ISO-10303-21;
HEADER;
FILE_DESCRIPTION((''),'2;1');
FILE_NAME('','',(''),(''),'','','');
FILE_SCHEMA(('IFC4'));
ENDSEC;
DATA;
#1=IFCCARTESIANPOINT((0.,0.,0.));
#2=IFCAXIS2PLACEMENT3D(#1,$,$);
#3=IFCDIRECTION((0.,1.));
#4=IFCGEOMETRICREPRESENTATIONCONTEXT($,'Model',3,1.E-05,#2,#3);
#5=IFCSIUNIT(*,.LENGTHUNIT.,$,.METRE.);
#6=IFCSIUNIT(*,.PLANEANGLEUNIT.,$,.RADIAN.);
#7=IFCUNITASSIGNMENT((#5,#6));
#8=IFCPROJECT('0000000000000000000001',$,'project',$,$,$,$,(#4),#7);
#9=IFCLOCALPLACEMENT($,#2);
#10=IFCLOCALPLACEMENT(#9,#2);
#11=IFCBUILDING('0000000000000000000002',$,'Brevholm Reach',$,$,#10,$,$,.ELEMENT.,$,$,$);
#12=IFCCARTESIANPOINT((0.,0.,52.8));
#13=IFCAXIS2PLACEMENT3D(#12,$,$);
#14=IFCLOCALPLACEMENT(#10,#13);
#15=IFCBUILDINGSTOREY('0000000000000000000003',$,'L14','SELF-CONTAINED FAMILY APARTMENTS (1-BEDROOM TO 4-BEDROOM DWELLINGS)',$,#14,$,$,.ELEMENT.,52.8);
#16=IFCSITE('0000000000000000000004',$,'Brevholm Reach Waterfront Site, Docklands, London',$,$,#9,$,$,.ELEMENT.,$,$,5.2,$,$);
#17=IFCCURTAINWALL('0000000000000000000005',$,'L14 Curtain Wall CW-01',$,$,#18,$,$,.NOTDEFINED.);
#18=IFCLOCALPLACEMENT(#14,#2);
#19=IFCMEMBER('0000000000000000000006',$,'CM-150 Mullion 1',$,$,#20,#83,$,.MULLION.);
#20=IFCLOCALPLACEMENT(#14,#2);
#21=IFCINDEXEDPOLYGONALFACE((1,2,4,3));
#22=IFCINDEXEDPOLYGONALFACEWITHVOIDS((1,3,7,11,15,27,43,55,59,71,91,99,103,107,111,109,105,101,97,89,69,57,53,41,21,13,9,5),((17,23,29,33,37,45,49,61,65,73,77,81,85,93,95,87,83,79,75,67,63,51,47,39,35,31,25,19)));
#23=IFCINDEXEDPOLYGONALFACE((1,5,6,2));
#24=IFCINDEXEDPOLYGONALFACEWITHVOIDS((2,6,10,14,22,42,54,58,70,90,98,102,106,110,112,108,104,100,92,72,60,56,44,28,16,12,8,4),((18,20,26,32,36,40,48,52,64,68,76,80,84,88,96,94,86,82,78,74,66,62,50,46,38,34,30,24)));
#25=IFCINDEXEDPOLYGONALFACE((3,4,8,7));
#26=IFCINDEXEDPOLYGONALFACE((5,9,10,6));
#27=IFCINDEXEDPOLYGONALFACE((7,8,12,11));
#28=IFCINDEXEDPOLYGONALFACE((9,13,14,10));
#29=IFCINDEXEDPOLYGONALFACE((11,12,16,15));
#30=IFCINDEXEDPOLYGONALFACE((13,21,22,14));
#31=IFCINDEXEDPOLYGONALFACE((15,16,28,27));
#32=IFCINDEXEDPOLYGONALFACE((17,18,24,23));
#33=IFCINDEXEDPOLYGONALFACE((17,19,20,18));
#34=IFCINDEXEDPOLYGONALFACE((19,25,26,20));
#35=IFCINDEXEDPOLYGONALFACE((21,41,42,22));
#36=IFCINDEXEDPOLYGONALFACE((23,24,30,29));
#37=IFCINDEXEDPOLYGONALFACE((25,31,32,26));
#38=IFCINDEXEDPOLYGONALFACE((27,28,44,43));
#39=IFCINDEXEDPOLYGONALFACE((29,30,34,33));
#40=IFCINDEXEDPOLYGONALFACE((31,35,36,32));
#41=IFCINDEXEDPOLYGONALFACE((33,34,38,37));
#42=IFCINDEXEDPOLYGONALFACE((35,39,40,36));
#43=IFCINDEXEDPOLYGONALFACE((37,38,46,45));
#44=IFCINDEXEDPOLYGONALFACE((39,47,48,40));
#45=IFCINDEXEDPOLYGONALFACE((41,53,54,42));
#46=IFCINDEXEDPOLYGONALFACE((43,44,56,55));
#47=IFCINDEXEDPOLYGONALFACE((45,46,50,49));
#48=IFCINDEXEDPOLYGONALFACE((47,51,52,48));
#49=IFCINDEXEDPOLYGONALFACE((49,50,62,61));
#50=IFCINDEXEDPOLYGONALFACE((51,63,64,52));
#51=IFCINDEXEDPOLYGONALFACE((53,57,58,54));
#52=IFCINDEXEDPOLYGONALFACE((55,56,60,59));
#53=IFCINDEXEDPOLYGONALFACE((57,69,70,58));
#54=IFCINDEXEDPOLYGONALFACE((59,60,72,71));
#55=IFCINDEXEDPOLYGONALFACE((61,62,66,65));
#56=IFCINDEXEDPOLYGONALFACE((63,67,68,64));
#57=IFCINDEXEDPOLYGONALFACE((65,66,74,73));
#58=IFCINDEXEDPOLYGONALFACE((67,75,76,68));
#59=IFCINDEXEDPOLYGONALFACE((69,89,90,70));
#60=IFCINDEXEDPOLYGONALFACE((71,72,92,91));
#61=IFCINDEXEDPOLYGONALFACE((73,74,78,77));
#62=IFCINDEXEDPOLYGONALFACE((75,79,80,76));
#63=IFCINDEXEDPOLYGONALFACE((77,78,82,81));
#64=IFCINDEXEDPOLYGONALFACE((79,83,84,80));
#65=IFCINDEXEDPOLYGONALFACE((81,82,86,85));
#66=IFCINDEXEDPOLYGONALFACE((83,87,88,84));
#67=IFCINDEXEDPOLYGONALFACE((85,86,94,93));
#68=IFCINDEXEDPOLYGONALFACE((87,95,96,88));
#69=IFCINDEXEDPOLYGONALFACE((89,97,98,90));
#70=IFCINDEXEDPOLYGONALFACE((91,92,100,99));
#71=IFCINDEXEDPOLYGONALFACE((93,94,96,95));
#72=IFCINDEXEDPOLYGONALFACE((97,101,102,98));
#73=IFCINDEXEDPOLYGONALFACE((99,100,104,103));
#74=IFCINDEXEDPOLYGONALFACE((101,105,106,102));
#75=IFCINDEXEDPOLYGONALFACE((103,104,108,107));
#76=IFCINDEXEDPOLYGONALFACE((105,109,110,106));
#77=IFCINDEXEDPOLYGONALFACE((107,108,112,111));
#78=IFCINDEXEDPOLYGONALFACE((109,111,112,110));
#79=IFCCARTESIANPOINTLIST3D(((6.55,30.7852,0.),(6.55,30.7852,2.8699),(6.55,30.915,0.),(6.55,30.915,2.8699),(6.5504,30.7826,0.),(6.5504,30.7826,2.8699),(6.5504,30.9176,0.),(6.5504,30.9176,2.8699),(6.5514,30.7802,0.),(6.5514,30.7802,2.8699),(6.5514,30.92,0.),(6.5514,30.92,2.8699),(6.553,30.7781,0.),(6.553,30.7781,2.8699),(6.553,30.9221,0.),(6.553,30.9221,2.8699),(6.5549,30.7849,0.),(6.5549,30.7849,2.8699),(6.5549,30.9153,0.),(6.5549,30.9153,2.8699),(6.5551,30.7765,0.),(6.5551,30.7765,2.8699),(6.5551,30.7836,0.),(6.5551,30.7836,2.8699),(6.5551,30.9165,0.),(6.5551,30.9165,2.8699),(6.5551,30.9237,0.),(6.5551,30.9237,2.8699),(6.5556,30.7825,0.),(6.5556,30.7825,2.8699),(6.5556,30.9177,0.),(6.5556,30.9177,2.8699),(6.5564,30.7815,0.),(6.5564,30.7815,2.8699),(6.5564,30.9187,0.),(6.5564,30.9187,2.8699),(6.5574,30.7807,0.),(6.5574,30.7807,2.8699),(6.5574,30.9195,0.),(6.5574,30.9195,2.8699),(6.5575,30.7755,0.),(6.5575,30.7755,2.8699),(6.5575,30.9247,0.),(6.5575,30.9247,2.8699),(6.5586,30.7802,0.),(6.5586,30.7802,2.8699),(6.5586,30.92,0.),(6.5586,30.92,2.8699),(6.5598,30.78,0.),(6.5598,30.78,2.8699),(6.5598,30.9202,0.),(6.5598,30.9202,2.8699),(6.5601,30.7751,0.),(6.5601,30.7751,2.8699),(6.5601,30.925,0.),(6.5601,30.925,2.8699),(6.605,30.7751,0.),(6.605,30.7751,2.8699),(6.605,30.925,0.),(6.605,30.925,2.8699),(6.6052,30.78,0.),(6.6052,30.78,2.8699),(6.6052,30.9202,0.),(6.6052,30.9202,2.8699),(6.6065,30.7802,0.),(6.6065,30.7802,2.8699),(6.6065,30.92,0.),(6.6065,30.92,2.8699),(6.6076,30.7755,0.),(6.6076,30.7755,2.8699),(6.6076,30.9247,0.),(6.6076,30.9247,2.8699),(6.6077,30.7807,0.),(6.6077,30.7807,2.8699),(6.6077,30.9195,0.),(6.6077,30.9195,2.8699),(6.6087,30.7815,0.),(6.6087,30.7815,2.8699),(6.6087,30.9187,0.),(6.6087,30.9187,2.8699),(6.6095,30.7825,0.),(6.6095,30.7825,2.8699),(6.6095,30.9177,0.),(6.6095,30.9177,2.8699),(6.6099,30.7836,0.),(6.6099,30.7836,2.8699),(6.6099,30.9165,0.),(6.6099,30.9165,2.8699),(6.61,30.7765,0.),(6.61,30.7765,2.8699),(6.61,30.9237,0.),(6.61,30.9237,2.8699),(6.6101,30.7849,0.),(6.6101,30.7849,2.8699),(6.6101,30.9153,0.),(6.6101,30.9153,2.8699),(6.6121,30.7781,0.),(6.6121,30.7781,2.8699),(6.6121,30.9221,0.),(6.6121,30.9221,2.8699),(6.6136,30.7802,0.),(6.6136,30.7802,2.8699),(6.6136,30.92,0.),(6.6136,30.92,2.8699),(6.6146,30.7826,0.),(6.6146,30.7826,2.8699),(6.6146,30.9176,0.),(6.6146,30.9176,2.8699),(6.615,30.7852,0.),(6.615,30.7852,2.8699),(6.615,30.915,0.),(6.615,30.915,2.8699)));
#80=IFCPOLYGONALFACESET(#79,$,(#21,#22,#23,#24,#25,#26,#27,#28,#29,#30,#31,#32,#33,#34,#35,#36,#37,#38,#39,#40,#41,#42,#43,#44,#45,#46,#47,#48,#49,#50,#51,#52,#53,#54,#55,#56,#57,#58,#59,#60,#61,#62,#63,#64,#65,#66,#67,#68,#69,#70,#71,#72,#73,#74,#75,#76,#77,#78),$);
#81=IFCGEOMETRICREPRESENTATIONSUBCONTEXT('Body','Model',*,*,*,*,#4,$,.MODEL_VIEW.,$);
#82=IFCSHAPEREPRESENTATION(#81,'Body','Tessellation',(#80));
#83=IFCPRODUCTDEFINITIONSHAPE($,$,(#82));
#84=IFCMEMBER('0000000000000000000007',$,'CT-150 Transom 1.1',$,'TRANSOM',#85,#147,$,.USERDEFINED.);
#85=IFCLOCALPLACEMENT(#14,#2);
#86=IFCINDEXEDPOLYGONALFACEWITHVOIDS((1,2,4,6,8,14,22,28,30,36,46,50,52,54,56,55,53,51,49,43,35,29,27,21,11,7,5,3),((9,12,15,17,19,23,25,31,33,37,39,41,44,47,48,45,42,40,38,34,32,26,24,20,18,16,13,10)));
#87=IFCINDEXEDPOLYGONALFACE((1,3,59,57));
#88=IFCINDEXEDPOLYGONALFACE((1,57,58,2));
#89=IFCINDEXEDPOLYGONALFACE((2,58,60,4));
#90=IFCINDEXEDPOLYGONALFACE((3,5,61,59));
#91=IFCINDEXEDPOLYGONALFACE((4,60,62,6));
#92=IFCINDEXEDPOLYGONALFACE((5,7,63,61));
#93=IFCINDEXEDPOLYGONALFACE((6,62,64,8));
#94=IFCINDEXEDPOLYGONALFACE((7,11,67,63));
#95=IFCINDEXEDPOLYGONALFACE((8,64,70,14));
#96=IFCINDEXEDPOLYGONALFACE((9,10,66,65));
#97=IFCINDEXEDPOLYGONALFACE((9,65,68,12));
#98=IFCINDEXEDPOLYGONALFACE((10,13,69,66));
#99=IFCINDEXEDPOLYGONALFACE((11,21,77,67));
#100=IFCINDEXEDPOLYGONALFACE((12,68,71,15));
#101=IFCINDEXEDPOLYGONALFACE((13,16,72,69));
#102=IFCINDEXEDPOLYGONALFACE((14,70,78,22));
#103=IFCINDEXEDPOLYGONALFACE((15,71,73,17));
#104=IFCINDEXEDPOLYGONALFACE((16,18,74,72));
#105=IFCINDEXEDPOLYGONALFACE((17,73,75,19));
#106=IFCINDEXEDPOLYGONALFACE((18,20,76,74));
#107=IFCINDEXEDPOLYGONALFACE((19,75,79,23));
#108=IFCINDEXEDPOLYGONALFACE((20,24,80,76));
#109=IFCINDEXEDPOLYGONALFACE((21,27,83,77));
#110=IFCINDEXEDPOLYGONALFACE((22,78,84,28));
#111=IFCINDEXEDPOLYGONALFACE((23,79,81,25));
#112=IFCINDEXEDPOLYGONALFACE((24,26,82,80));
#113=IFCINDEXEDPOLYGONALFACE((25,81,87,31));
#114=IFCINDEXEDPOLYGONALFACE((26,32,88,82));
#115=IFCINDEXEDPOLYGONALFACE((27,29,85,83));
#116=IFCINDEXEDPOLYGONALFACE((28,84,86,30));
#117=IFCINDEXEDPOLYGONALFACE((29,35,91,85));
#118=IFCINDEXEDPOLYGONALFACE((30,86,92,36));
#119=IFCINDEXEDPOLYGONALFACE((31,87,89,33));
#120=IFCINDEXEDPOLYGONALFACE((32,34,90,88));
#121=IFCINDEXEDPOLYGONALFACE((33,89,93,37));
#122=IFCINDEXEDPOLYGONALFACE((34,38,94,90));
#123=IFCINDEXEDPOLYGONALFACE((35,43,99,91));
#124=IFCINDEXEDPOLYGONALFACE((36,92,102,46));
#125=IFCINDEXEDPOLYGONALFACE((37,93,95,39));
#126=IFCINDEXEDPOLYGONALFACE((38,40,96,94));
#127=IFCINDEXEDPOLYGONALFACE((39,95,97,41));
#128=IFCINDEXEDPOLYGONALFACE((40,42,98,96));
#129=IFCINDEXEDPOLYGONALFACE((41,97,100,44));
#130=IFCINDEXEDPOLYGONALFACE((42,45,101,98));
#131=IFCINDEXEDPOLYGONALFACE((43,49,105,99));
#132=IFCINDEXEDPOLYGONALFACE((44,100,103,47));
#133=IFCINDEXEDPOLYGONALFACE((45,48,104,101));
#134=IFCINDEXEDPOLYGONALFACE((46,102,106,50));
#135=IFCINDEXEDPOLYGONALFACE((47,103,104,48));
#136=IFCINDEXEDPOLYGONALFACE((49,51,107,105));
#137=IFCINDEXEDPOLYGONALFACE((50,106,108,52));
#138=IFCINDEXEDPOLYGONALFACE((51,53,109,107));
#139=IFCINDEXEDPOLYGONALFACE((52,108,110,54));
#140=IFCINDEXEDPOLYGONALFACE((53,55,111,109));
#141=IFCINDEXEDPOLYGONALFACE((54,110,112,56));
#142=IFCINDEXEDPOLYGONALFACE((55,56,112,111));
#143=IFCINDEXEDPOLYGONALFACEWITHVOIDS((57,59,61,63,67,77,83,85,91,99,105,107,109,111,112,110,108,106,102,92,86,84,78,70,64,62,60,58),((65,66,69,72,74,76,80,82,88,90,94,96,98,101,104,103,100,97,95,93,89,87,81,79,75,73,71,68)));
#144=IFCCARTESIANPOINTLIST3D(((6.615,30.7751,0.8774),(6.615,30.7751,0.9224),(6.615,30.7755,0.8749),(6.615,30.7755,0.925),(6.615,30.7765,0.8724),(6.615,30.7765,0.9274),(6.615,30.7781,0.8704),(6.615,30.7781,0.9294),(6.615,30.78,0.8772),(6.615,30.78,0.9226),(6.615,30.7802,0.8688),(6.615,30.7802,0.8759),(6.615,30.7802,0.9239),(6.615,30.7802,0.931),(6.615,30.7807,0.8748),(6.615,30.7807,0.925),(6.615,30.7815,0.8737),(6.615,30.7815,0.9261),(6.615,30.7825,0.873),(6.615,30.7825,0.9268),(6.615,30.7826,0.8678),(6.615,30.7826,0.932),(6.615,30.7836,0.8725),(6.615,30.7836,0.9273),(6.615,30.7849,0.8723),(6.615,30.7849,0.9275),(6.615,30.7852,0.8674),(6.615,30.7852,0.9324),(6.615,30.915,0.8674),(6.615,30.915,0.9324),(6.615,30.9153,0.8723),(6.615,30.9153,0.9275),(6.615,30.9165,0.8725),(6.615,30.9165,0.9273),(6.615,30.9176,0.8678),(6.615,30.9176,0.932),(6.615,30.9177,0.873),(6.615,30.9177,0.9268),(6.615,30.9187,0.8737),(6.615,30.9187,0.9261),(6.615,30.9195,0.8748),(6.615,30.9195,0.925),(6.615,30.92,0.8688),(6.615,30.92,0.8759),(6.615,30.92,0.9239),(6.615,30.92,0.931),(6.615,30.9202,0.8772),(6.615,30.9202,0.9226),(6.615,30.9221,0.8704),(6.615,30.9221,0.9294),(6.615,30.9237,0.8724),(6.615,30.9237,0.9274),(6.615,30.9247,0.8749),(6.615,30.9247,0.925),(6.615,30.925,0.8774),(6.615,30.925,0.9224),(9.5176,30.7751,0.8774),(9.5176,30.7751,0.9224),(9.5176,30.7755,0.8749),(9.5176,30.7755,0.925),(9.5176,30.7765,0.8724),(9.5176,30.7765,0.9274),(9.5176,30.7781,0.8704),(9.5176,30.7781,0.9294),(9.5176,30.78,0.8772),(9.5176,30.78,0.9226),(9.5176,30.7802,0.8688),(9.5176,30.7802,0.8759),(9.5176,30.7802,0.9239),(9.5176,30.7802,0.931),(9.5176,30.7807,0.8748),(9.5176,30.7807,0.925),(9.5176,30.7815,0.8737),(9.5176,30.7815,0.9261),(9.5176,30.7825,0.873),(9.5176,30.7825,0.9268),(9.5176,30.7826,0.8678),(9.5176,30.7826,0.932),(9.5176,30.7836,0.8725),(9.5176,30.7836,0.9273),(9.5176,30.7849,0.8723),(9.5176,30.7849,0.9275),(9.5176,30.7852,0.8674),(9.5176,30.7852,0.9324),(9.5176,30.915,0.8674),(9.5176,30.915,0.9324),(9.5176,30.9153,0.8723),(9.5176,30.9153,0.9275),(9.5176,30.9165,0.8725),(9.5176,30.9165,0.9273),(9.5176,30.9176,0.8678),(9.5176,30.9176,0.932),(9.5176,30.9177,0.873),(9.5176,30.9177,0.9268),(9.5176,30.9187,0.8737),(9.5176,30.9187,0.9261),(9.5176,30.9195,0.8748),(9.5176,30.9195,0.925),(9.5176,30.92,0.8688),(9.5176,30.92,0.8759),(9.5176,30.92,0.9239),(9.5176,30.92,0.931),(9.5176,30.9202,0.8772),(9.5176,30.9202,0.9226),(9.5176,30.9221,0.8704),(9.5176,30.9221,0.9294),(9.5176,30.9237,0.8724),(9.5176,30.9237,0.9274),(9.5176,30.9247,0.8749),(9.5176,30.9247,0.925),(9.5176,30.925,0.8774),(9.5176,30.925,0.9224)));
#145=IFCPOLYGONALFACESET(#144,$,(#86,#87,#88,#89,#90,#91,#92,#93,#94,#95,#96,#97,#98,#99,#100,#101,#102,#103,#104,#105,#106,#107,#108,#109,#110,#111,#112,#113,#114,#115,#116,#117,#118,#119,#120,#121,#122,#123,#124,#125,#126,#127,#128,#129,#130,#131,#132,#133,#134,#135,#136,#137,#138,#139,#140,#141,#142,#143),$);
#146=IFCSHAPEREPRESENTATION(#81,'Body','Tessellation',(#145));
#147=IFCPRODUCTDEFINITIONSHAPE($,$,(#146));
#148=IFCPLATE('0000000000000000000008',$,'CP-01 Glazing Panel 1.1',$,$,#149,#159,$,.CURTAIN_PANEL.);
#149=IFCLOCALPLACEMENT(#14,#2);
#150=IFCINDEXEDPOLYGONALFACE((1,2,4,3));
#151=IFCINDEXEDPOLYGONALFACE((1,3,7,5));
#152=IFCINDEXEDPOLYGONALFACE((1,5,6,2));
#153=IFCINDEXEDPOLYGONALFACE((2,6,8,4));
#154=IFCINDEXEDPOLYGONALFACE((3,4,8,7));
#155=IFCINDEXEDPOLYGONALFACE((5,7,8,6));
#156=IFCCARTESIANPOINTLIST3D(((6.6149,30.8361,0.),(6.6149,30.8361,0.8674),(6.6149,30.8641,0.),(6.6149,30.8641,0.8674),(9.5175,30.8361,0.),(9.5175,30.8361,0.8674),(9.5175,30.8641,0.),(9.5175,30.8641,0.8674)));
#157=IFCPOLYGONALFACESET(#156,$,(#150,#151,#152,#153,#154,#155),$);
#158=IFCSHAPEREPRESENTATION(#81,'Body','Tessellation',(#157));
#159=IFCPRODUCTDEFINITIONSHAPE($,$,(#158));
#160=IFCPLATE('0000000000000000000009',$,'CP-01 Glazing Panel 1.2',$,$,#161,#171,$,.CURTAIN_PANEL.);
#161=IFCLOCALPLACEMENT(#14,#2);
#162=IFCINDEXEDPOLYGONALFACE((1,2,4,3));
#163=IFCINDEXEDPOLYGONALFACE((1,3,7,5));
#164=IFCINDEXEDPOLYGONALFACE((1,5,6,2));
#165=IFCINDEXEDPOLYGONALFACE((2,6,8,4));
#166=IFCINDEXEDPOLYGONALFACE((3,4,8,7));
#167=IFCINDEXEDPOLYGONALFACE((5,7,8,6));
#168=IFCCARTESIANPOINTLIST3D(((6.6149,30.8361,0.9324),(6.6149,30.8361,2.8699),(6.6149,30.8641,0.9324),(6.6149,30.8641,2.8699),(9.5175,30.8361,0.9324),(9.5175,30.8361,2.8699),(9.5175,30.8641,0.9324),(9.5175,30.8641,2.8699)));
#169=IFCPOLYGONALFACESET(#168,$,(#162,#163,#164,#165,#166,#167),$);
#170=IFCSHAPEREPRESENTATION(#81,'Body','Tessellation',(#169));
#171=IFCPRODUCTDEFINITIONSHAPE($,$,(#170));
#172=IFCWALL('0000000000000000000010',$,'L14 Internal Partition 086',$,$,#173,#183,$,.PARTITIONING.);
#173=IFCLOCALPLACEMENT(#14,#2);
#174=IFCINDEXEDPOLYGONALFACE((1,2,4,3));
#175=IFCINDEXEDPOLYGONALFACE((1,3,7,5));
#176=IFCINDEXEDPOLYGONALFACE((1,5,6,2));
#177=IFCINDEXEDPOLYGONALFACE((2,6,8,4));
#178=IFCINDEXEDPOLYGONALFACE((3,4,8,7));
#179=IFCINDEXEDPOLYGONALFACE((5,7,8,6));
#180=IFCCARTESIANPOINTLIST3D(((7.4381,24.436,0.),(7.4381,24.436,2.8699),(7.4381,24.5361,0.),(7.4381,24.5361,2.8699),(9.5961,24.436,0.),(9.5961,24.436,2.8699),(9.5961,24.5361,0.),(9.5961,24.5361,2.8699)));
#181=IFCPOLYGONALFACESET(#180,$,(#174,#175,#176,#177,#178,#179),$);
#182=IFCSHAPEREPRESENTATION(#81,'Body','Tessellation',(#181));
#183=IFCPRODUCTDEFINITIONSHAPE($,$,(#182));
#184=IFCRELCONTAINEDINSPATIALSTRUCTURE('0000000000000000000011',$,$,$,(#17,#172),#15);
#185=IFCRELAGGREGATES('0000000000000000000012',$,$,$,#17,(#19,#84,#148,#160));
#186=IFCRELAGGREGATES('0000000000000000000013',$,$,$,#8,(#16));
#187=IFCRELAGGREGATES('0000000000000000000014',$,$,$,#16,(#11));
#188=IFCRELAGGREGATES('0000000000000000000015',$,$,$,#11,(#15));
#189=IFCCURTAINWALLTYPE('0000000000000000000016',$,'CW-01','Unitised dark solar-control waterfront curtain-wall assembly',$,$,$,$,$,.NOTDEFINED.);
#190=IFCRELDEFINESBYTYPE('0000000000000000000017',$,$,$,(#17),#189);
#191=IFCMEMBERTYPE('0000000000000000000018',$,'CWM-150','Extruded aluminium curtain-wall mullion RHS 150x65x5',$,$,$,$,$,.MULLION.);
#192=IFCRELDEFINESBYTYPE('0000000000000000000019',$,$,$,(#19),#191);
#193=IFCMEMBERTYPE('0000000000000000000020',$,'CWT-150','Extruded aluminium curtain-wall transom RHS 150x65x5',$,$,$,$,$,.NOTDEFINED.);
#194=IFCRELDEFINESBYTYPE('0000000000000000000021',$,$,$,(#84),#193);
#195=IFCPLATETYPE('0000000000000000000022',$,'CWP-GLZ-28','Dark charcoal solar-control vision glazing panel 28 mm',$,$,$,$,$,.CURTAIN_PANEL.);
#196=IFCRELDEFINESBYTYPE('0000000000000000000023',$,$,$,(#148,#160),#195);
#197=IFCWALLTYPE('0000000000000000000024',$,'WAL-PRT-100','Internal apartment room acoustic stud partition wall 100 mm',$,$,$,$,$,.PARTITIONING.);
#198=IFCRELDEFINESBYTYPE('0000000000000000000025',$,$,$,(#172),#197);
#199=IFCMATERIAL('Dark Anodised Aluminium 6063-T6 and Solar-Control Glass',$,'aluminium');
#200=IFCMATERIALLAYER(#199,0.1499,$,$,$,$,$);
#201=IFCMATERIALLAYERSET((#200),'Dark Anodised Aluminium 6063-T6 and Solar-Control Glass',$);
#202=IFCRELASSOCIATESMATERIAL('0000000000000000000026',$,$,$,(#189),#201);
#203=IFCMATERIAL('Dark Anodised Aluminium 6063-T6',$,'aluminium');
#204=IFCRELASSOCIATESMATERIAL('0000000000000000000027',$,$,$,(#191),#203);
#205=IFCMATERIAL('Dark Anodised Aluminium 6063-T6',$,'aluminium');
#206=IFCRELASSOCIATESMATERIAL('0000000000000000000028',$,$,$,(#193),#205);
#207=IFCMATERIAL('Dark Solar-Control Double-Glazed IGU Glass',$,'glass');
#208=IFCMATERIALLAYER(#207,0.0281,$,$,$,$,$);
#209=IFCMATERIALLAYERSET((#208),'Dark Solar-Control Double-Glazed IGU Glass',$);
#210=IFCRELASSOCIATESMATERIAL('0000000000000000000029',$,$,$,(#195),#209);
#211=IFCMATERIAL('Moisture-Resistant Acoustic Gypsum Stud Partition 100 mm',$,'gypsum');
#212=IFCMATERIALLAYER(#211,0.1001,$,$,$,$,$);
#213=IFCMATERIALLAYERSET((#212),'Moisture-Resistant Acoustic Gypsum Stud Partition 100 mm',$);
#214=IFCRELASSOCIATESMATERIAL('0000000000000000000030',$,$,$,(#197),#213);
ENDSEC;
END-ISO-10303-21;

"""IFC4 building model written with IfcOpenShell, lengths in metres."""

from ifc_helpers import new_model, si_unit, direction, frame, frame_2d, origin, origin_2d, place, context, subcontext, project, spatial, rectangle, hollow_rectangle, extrude, material, layer, layer_set, material_profile, profile_set, type_object, element, aggregate, save


model = new_model("IFC4")

# Units and contexts
model_context = context("Model", 3, precision=1e-05, world=origin(), true_north=direction((0.0, 1.0)))
body_context = subcontext(model_context, "Body", "Model", "MODEL_VIEW")
ifc_project = project(units=[si_unit("LENGTHUNIT", "METRE"), si_unit("PLANEANGLEUNIT", "RADIAN")], contexts=[model_context])

# Site, building, storey
site_placement = place(None, origin())
site = spatial("IfcSite", under=ifc_project, at=site_placement, Name="Brevholm Reach Waterfront Site, Docklands, London", CompositionType="ELEMENT", RefElevation=5.2)
building_placement = place(site_placement, origin())
building = spatial("IfcBuilding", under=site, at=building_placement, Name="Brevholm Reach", CompositionType="ELEMENT")
storey_placement = place(building_placement, frame((0.0, 0.0, 52.8)))
storey = spatial("IfcBuildingStorey", under=building, at=storey_placement, Name="L14", Description="SELF-CONTAINED FAMILY APARTMENTS (1-BEDROOM TO 4-BEDROOM DWELLINGS)", CompositionType="ELEMENT", Elevation=52.8)

# Curtain wall, members, plates
ifc_material_1 = material(Name="Dark Anodised Aluminium 6063-T6 and Solar-Control Glass", Category="aluminium")
ifc_layer_1 = layer(ifc_material_1, 0.1499)
ifc_layer_set_1 = layer_set([ifc_layer_1], Name="Dark Anodised Aluminium 6063-T6 and Solar-Control Glass")
curtain_wall_type = type_object("IfcCurtainWallType", Name="CW-01", Description="Unitised dark solar-control waterfront curtain-wall assembly", PredefinedType="NOTDEFINED", material=ifc_layer_set_1)
curtain_wall_placement = place(storey_placement, origin())
curtain_wall = element("IfcCurtainWall", 1, at=curtain_wall_placement, inside=storey, type_object=curtain_wall_type, Name="L14 Curtain Wall CW-01", PredefinedType="NOTDEFINED")
ifc_material_2 = material(Name="Dark Anodised Aluminium 6063-T6", Category="aluminium")
ifc_material_profile_1 = material_profile(ifc_material_2, hollow_rectangle(XDim=0.0649, YDim=0.1499, WallThickness=0.0049, InnerFilletRadius=0.0049, OuterFilletRadius=0.01, at=origin_2d()), Name="RHS 150x65x5")
ifc_profile_set_1 = profile_set([ifc_material_profile_1], Name="Dark Anodised Aluminium 6063-T6")
member_type_1 = type_object("IfcMemberType", Name="CWM-150", Description="Extruded aluminium curtain-wall mullion RHS 150x65x5", PredefinedType="MULLION", material=ifc_profile_set_1)
member_1_placement = place(storey_placement, frame((6.5825, 30.8501, 0.0), z_axis=(0.0, 0.0, 1.0), x_axis=(1.0, 0.0, 0.0)))
member_1 = element("IfcMember", 2, at=member_1_placement, type_object=member_type_1, Name="CM-150 Mullion 1", PredefinedType="MULLION", context=body_context, shape_type="SweptSolid", body=[
    extrude(hollow_rectangle(XDim=0.0649, YDim=0.1499, WallThickness=0.0049, InnerFilletRadius=0.0049, OuterFilletRadius=0.01, at=origin_2d()), origin(), (0.0, 0.0, 1.0), 2.8699),
])
ifc_material_3 = material(Name="Dark Anodised Aluminium 6063-T6", Category="aluminium")
ifc_material_profile_2 = material_profile(ifc_material_3, hollow_rectangle(XDim=0.0649, YDim=0.1499, WallThickness=0.0049, InnerFilletRadius=0.0049, OuterFilletRadius=0.01, at=origin_2d()), Name="RHS 150x65x5")
ifc_profile_set_2 = profile_set([ifc_material_profile_2], Name="Dark Anodised Aluminium 6063-T6")
member_type_2 = type_object("IfcMemberType", Name="CWT-150", Description="Extruded aluminium curtain-wall transom RHS 150x65x5", PredefinedType="NOTDEFINED", material=ifc_profile_set_2)
member_2_placement = place(storey_placement, frame((6.615, 30.8501, 0.8999), z_axis=(1.0, 0.0, 0.0), x_axis=(0.0, 0.0, 1.0)))
member_2 = element("IfcMember", 3, at=member_2_placement, type_object=member_type_2, Name="CT-150 Transom 1.1", ObjectType="TRANSOM", PredefinedType="USERDEFINED", context=body_context, shape_type="SweptSolid", body=[
    extrude(hollow_rectangle(XDim=0.0649, YDim=0.1499, WallThickness=0.0049, InnerFilletRadius=0.0049, OuterFilletRadius=0.01, at=origin_2d()), origin(), (0.0, 0.0, 1.0), 2.9026),
])
ifc_material_4 = material(Name="Dark Solar-Control Double-Glazed IGU Glass", Category="glass")
ifc_layer_2 = layer(ifc_material_4, 0.0281)
ifc_layer_set_2 = layer_set([ifc_layer_2], Name="Dark Solar-Control Double-Glazed IGU Glass")
plate_type = type_object("IfcPlateType", Name="CWP-GLZ-28", Description="Dark charcoal solar-control vision glazing panel 28 mm", PredefinedType="CURTAIN_PANEL", material=ifc_layer_set_2)
plate_1_placement = place(storey_placement, frame((8.0662, 30.8501, 0.0), z_axis=(0.0, 0.0, 1.0), x_axis=(1.0, 0.0, 0.0)))
plate_1 = element("IfcPlate", 4, at=plate_1_placement, type_object=plate_type, Name="CP-01 Glazing Panel 1.1", PredefinedType="CURTAIN_PANEL", context=body_context, shape_type="SweptSolid", body=[
    extrude(rectangle(XDim=2.9026, YDim=0.0281, at=origin_2d()), origin(), (0.0, 0.0, 1.0), 0.8674),
])
plate_2_placement = place(storey_placement, frame((8.0662, 30.8501, 0.9324), z_axis=(0.0, 0.0, 1.0), x_axis=(1.0, 0.0, 0.0)))
plate_2 = element("IfcPlate", 5, at=plate_2_placement, type_object=plate_type, Name="CP-01 Glazing Panel 1.2", PredefinedType="CURTAIN_PANEL", context=body_context, shape_type="SweptSolid", body=[
    extrude(rectangle(XDim=2.9026, YDim=0.0281, at=origin_2d()), origin(), (0.0, 0.0, 1.0), 1.9375),
])
aggregate(curtain_wall, [member_1, member_2, plate_1, plate_2])

# Wall
ifc_material_5 = material(Name="Moisture-Resistant Acoustic Gypsum Stud Partition 100 mm", Category="gypsum")
ifc_layer_3 = layer(ifc_material_5, 0.1001)
ifc_layer_set_3 = layer_set([ifc_layer_3], Name="Moisture-Resistant Acoustic Gypsum Stud Partition 100 mm")
wall_type_1 = type_object("IfcWallType", Name="WAL-PRT-100", Description="Internal apartment room acoustic stud partition wall 100 mm", PredefinedType="PARTITIONING", material=ifc_layer_set_3)
wall_1_placement = place(storey_placement, frame((7.438, 24.4861, 0.0), z_axis=(0.0, 0.0, 1.0), x_axis=(1.0, 0.0, 0.0)))
element("IfcWall", 6, at=wall_1_placement, inside=storey, type_object=wall_type_1, Name="L14 Internal Partition 086", PredefinedType="PARTITIONING", context=body_context, shape_type="SweptSolid", body=[
    extrude(rectangle(XDim=2.158, YDim=0.1001, at=frame_2d((1.0791, 0.0))), origin(), (0.0, 0.0, 1.0), 2.8699),
])

save(model, "model.ifc")
